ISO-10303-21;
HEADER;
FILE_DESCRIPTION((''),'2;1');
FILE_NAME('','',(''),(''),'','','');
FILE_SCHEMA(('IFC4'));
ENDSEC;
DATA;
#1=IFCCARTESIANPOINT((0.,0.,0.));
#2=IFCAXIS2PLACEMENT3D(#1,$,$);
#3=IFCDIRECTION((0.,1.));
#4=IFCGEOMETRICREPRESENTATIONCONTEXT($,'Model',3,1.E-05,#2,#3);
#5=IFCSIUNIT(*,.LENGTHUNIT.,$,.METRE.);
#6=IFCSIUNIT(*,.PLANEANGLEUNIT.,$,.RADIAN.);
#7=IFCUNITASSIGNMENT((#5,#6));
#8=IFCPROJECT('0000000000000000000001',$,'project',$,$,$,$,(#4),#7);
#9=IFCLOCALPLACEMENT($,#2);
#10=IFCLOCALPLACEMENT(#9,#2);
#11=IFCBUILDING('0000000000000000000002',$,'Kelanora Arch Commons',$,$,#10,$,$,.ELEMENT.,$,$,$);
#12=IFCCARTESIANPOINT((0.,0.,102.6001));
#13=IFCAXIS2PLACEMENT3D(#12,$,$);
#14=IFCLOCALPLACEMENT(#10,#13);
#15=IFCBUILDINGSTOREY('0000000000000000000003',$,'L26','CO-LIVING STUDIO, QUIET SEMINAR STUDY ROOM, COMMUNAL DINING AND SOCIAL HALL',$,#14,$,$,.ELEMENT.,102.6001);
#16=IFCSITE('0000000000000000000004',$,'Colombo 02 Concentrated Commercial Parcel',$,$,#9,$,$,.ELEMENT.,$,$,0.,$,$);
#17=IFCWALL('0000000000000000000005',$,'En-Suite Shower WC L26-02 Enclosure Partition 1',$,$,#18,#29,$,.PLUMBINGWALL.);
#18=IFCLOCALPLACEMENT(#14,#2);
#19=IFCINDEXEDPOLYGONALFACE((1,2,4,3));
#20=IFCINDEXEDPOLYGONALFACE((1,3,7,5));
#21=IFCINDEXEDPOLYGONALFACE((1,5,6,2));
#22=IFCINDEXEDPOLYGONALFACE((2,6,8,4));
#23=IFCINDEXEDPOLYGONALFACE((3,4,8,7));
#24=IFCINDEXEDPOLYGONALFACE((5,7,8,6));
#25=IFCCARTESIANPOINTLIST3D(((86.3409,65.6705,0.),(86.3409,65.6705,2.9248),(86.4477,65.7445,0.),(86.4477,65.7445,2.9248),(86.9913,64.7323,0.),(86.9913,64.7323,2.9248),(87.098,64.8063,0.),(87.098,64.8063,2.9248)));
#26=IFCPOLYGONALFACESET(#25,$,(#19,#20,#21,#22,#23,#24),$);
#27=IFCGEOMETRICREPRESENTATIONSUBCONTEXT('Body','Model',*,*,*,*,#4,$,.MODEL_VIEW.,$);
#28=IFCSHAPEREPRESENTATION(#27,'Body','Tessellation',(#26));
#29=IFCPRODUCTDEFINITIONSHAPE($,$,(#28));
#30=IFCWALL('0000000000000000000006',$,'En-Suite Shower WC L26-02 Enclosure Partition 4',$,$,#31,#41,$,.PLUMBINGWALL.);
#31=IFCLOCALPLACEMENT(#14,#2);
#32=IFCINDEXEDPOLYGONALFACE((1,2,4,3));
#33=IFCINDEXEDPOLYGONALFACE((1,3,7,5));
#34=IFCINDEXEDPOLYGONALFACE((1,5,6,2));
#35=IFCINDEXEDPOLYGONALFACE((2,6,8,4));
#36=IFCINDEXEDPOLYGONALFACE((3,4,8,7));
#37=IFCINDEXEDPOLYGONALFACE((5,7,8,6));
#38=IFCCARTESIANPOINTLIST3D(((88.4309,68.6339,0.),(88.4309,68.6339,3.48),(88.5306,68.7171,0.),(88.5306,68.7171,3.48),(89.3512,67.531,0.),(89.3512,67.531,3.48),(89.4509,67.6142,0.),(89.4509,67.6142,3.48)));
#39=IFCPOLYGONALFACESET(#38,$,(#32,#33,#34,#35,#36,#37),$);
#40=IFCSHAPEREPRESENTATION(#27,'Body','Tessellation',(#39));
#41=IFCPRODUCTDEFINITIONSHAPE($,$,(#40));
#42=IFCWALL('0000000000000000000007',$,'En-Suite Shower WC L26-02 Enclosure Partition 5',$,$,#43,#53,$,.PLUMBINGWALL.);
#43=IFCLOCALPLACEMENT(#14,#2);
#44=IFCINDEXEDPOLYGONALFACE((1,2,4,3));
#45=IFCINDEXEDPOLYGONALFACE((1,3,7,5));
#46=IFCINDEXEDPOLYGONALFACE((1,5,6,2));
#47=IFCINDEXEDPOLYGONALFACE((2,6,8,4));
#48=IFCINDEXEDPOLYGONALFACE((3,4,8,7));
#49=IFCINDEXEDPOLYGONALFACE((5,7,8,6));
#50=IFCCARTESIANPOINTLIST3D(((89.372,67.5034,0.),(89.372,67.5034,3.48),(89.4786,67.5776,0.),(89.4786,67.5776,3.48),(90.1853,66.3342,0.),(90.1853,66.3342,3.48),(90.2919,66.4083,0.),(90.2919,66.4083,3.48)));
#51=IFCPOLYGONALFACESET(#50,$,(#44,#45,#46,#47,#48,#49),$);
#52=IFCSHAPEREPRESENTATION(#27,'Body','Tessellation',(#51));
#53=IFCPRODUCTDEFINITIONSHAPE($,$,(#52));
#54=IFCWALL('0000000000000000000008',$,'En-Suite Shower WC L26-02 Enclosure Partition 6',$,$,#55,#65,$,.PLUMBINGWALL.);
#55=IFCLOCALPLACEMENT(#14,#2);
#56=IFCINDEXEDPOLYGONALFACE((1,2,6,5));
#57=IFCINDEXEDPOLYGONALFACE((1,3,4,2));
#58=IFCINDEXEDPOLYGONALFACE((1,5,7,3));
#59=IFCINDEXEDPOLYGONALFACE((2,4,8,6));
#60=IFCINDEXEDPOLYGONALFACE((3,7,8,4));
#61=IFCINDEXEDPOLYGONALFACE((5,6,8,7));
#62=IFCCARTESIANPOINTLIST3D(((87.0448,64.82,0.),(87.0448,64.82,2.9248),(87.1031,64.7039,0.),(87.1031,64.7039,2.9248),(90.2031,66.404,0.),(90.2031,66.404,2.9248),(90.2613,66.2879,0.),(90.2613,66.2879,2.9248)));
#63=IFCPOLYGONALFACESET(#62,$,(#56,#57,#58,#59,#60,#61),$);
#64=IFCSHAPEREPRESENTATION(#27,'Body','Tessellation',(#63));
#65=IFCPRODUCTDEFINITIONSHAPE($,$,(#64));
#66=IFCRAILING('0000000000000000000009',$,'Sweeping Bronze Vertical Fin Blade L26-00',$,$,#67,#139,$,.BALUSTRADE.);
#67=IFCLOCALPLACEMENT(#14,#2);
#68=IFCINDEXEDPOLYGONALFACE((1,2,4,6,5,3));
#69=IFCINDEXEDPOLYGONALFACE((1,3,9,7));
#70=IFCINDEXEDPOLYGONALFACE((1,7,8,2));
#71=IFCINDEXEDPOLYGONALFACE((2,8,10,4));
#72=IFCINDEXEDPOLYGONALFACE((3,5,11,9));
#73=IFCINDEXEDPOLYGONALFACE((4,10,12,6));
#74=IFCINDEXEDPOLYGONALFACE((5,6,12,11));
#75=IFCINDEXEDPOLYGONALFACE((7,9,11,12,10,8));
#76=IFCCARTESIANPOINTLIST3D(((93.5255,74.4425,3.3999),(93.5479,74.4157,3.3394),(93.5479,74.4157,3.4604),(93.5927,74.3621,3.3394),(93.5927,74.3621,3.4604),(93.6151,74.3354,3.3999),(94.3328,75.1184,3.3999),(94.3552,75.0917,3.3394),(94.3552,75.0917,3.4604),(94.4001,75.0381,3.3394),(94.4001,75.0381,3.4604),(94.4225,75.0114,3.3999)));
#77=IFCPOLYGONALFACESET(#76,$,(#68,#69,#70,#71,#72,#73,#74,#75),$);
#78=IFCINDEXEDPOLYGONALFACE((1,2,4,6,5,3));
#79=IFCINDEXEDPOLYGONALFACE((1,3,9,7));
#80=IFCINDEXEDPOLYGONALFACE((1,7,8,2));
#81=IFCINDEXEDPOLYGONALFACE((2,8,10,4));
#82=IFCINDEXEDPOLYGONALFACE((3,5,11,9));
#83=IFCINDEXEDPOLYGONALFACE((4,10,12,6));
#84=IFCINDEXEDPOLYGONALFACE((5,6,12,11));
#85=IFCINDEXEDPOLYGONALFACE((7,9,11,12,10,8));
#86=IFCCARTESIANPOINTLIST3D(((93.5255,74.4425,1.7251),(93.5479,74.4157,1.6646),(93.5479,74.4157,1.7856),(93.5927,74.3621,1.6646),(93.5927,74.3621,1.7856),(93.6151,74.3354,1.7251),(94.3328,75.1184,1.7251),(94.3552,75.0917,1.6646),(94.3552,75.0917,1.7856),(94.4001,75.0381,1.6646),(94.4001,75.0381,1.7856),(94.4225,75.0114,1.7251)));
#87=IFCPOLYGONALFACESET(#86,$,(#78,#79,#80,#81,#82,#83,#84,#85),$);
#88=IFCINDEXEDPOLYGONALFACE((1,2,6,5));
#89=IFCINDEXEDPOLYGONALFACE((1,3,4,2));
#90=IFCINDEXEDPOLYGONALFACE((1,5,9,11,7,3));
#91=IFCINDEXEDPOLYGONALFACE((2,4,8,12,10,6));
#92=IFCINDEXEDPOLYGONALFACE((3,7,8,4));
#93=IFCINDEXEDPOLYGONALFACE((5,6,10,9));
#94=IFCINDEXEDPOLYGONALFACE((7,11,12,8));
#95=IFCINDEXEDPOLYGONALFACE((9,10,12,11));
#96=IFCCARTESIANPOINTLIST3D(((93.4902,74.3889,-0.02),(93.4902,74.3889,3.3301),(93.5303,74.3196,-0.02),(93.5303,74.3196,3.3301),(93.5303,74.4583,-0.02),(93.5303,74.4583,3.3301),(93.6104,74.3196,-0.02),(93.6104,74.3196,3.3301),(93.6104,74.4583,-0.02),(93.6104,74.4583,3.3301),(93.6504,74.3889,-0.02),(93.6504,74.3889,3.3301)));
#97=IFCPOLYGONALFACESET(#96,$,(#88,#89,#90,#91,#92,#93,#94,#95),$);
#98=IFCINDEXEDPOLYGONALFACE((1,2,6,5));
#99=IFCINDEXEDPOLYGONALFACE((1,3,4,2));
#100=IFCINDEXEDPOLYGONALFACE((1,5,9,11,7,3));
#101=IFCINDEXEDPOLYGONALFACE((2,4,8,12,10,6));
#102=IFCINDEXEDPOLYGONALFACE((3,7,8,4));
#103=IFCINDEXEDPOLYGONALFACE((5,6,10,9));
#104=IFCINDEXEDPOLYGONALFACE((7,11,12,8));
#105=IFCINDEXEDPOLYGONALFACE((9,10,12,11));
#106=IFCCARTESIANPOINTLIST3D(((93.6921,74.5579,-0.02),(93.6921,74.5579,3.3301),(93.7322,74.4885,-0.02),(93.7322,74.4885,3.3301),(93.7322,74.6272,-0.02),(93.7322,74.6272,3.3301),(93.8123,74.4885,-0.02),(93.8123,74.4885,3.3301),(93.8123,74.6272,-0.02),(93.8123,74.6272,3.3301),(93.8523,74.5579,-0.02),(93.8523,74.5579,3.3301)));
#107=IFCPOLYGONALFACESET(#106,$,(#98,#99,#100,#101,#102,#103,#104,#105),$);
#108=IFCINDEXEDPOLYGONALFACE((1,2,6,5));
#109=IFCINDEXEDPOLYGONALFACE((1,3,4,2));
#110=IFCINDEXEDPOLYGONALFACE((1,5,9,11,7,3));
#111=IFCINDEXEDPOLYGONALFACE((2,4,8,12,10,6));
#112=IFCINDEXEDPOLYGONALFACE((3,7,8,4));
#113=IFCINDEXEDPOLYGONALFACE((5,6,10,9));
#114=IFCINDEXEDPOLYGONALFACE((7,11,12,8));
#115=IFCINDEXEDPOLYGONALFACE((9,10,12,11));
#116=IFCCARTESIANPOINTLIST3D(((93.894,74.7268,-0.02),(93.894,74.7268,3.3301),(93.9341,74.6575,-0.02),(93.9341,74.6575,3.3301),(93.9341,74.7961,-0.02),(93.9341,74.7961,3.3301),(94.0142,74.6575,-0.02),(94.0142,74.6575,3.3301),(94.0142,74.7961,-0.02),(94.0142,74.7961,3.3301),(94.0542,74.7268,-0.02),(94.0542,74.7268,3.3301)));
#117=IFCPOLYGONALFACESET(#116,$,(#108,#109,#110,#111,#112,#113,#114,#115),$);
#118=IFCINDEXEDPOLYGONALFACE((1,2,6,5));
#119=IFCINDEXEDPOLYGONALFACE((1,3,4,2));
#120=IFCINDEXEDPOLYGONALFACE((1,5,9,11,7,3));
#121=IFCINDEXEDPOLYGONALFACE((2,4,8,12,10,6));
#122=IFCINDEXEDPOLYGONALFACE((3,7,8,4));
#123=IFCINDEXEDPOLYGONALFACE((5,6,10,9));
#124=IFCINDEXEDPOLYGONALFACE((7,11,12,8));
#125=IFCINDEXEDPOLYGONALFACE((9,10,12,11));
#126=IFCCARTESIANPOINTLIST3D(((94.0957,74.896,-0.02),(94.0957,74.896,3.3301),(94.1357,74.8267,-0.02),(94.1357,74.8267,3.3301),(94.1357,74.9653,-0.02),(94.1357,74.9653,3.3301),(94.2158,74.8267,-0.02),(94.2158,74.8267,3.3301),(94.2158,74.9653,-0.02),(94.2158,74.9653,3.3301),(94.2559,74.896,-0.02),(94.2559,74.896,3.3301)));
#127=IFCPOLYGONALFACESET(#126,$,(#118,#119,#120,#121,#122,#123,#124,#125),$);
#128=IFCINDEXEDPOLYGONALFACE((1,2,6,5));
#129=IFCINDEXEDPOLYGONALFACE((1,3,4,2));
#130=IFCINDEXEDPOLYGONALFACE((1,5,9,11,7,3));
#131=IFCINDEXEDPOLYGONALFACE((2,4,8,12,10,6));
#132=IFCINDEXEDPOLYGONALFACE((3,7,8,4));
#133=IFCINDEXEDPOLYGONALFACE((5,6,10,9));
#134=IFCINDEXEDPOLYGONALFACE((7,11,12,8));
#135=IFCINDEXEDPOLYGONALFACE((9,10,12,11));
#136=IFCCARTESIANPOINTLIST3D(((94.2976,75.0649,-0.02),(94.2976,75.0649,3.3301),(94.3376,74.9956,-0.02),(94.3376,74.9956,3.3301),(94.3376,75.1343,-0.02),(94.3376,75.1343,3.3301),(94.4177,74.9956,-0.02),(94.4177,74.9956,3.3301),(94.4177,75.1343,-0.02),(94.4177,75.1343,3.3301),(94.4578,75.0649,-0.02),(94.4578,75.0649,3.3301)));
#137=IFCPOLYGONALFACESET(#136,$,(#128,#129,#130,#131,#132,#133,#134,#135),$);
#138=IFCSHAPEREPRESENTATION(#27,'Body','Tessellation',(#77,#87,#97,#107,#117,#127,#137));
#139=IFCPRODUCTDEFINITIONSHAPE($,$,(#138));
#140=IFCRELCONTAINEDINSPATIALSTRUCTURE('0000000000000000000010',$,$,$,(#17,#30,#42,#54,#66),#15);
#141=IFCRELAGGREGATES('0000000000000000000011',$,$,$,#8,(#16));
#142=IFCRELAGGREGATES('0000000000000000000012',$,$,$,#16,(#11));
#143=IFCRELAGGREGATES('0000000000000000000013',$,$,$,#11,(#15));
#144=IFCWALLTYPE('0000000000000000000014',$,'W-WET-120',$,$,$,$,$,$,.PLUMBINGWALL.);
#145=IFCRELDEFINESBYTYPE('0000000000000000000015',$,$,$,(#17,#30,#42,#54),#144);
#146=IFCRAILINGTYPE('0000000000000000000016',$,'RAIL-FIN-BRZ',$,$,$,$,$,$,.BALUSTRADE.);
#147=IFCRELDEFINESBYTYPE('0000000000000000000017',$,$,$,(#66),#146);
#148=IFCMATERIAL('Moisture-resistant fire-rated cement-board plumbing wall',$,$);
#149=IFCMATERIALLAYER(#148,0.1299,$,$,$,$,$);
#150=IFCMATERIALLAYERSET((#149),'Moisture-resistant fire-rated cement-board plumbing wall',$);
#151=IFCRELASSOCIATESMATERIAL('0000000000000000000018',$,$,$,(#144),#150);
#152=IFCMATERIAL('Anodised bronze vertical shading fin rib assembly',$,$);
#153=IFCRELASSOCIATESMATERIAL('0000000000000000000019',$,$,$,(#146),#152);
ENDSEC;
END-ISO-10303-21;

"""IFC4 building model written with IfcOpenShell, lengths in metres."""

from ifc_helpers import new_model, si_unit, direction, frame, frame_2d, origin, place, context, subcontext, project, spatial, polyline, rectangle, outline, extrude, material, layer, layer_set, type_object, element, save


model = new_model("IFC4")

# Units and contexts
model_context = context("Model", 3, precision=1e-05, world=origin(), true_north=direction((0.0, 1.0)))
body_context = subcontext(model_context, "Body", "Model", "MODEL_VIEW")
ifc_project = project(units=[si_unit("LENGTHUNIT", "METRE"), si_unit("PLANEANGLEUNIT", "RADIAN")], contexts=[model_context])

# Site, building, storey
site_placement = place(None, origin())
site = spatial("IfcSite", under=ifc_project, at=site_placement, Name="Colombo 02 Concentrated Commercial Parcel", CompositionType="ELEMENT", RefElevation=0.0)
building_placement = place(site_placement, origin())
building = spatial("IfcBuilding", under=site, at=building_placement, Name="Kelanora Arch Commons", CompositionType="ELEMENT")
storey_placement = place(building_placement, frame((0.0, 0.0, 102.6001)))
storey = spatial("IfcBuildingStorey", under=building, at=storey_placement, Name="L26", Description="CO-LIVING STUDIO, QUIET SEMINAR STUDY ROOM, COMMUNAL DINING AND SOCIAL HALL", CompositionType="ELEMENT", Elevation=102.6001)

# Walls
ifc_material_1 = material(Name="Moisture-resistant fire-rated cement-board plumbing wall")
ifc_layer_1 = layer(ifc_material_1, 0.1299)
ifc_layer_set_1 = layer_set([ifc_layer_1], Name="Moisture-resistant fire-rated cement-board plumbing wall")
wall_type_1 = type_object("IfcWallType", Name="W-WET-120", PredefinedType="PLUMBINGWALL", material=ifc_layer_set_1)
wall_1_placement = place(storey_placement, frame((87.0447, 64.7693, 0.0), z_axis=(0.0, 0.0, 1.0), x_axis=(-0.56971, 0.821846, 0.0)))
element("IfcWall", 1, at=wall_1_placement, inside=storey, type_object=wall_type_1, Name="En-Suite Shower WC L26-02 Enclosure Partition 1", PredefinedType="PLUMBINGWALL", context=body_context, shape_type="SweptSolid", body=[
    extrude(rectangle(XDim=1.1416, YDim=0.1299, at=frame_2d((0.5708, 0.0))), origin(), (0.0, 0.0, 1.0), 2.9248),
])
wall_2_placement = place(storey_placement, frame((88.4807, 68.6755, 0.0), z_axis=(0.0, 0.0, 1.0), x_axis=(0.640686, -0.767803, 0.0)))
element("IfcWall", 2, at=wall_2_placement, inside=storey, type_object=wall_type_1, Name="En-Suite Shower WC L26-02 Enclosure Partition 4", PredefinedType="PLUMBINGWALL", context=body_context, shape_type="SweptSolid", body=[
    extrude(rectangle(XDim=1.4365, YDim=0.1299, at=frame_2d((0.7183, 0.0))), origin(), (0.0, 0.0, 1.0), 3.48),
])
wall_3_placement = place(storey_placement, frame((89.4253, 67.5405, 0.0), z_axis=(0.0, 0.0, 1.0), x_axis=(0.571009, -0.820944, 0.0)))
element("IfcWall", 3, at=wall_3_placement, inside=storey, type_object=wall_type_1, Name="En-Suite Shower WC L26-02 Enclosure Partition 5", PredefinedType="PLUMBINGWALL", context=body_context, shape_type="SweptSolid", body=[
    extrude(rectangle(XDim=1.4243, YDim=0.1299, at=frame_2d((0.7122, 0.0))), origin(), (0.0, 0.0, 1.0), 3.48),
])
wall_4_placement = place(storey_placement, frame((90.2322, 66.3459, 0.0), z_axis=(0.0, 0.0, 1.0), x_axis=(-0.893874, -0.448319, 0.0)))
element("IfcWall", 4, at=wall_4_placement, inside=storey, type_object=wall_type_1, Name="En-Suite Shower WC L26-02 Enclosure Partition 6", PredefinedType="PLUMBINGWALL", context=body_context, shape_type="SweptSolid", body=[
    extrude(rectangle(XDim=3.5332, YDim=0.1299, at=frame_2d((1.7666, 0.0))), origin(), (0.0, 0.0, 1.0), 2.9248),
])

# Railing
ifc_material_2 = material(Name="Anodised bronze vertical shading fin rib assembly")
railing_type = type_object("IfcRailingType", Name="RAIL-FIN-BRZ", PredefinedType="BALUSTRADE", material=ifc_material_2)
railing_1_placement = place(storey_placement, frame((93.5703, 74.3889, -0.02)))
element("IfcRailing", 5, at=railing_1_placement, inside=storey, type_object=railing_type, Name="Sweeping Bronze Vertical Fin Blade L26-00", PredefinedType="BALUSTRADE", context=body_context, shape_type="SweptSolid", body=[
    extrude(outline(polyline([(0.0698, 0.0), (0.0349, 0.0605), (-0.0349, 0.0605), (-0.0698, 0.0), (-0.0349, -0.0605), (0.0349, -0.0605), (0.0698, 0.0)])), frame((0.0, 0.0, 3.4199), z_axis=(0.766718, 0.641984, 0.0), x_axis=(-0.641984, 0.766718, 0.0)), (0.0, 0.0, 1.0), 1.053),
    extrude(outline(polyline([(0.0698, 0.0), (0.0349, 0.0605), (-0.0349, 0.0605), (-0.0698, 0.0), (-0.0349, -0.0605), (0.0349, -0.0605), (0.0698, 0.0)])), frame((0.0, 0.0, 1.7451), z_axis=(0.766718, 0.641984, 0.0), x_axis=(-0.641984, 0.766718, 0.0)), (0.0, 0.0, 1.0), 1.053),
    extrude(outline(polyline([(0.0801, 0.0), (0.04, 0.0693), (-0.04, 0.0693), (-0.0801, 0.0), (-0.04, -0.0693), (0.04, -0.0693), (0.0801, 0.0)])), origin(), (0.0, 0.0, 1.0), 3.3501),
    extrude(outline(polyline([(0.0801, 0.0), (0.04, 0.0693), (-0.04, 0.0693), (-0.0801, 0.0), (-0.04, -0.0693), (0.04, -0.0693), (0.0801, 0.0)])), frame((0.2019, 0.1689, 0.0)), (0.0, 0.0, 1.0), 3.3501),
    extrude(outline(polyline([(0.0801, 0.0), (0.04, 0.0693), (-0.04, 0.0693), (-0.0801, 0.0), (-0.04, -0.0693), (0.04, -0.0693), (0.0801, 0.0)])), frame((0.4038, 0.3379, 0.0)), (0.0, 0.0, 1.0), 3.3501),
    extrude(outline(polyline([(0.0801, 0.0), (0.04, 0.0693), (-0.04, 0.0693), (-0.0801, 0.0), (-0.04, -0.0693), (0.04, -0.0693), (0.0801, 0.0)])), frame((0.6055, 0.5071, 0.0)), (0.0, 0.0, 1.0), 3.3501),
    extrude(outline(polyline([(0.0801, 0.0), (0.04, 0.0693), (-0.04, 0.0693), (-0.0801, 0.0), (-0.04, -0.0693), (0.04, -0.0693), (0.0801, 0.0)])), frame((0.8074, 0.676, 0.0)), (0.0, 0.0, 1.0), 3.3501),
])

save(model, "model.ifc")
